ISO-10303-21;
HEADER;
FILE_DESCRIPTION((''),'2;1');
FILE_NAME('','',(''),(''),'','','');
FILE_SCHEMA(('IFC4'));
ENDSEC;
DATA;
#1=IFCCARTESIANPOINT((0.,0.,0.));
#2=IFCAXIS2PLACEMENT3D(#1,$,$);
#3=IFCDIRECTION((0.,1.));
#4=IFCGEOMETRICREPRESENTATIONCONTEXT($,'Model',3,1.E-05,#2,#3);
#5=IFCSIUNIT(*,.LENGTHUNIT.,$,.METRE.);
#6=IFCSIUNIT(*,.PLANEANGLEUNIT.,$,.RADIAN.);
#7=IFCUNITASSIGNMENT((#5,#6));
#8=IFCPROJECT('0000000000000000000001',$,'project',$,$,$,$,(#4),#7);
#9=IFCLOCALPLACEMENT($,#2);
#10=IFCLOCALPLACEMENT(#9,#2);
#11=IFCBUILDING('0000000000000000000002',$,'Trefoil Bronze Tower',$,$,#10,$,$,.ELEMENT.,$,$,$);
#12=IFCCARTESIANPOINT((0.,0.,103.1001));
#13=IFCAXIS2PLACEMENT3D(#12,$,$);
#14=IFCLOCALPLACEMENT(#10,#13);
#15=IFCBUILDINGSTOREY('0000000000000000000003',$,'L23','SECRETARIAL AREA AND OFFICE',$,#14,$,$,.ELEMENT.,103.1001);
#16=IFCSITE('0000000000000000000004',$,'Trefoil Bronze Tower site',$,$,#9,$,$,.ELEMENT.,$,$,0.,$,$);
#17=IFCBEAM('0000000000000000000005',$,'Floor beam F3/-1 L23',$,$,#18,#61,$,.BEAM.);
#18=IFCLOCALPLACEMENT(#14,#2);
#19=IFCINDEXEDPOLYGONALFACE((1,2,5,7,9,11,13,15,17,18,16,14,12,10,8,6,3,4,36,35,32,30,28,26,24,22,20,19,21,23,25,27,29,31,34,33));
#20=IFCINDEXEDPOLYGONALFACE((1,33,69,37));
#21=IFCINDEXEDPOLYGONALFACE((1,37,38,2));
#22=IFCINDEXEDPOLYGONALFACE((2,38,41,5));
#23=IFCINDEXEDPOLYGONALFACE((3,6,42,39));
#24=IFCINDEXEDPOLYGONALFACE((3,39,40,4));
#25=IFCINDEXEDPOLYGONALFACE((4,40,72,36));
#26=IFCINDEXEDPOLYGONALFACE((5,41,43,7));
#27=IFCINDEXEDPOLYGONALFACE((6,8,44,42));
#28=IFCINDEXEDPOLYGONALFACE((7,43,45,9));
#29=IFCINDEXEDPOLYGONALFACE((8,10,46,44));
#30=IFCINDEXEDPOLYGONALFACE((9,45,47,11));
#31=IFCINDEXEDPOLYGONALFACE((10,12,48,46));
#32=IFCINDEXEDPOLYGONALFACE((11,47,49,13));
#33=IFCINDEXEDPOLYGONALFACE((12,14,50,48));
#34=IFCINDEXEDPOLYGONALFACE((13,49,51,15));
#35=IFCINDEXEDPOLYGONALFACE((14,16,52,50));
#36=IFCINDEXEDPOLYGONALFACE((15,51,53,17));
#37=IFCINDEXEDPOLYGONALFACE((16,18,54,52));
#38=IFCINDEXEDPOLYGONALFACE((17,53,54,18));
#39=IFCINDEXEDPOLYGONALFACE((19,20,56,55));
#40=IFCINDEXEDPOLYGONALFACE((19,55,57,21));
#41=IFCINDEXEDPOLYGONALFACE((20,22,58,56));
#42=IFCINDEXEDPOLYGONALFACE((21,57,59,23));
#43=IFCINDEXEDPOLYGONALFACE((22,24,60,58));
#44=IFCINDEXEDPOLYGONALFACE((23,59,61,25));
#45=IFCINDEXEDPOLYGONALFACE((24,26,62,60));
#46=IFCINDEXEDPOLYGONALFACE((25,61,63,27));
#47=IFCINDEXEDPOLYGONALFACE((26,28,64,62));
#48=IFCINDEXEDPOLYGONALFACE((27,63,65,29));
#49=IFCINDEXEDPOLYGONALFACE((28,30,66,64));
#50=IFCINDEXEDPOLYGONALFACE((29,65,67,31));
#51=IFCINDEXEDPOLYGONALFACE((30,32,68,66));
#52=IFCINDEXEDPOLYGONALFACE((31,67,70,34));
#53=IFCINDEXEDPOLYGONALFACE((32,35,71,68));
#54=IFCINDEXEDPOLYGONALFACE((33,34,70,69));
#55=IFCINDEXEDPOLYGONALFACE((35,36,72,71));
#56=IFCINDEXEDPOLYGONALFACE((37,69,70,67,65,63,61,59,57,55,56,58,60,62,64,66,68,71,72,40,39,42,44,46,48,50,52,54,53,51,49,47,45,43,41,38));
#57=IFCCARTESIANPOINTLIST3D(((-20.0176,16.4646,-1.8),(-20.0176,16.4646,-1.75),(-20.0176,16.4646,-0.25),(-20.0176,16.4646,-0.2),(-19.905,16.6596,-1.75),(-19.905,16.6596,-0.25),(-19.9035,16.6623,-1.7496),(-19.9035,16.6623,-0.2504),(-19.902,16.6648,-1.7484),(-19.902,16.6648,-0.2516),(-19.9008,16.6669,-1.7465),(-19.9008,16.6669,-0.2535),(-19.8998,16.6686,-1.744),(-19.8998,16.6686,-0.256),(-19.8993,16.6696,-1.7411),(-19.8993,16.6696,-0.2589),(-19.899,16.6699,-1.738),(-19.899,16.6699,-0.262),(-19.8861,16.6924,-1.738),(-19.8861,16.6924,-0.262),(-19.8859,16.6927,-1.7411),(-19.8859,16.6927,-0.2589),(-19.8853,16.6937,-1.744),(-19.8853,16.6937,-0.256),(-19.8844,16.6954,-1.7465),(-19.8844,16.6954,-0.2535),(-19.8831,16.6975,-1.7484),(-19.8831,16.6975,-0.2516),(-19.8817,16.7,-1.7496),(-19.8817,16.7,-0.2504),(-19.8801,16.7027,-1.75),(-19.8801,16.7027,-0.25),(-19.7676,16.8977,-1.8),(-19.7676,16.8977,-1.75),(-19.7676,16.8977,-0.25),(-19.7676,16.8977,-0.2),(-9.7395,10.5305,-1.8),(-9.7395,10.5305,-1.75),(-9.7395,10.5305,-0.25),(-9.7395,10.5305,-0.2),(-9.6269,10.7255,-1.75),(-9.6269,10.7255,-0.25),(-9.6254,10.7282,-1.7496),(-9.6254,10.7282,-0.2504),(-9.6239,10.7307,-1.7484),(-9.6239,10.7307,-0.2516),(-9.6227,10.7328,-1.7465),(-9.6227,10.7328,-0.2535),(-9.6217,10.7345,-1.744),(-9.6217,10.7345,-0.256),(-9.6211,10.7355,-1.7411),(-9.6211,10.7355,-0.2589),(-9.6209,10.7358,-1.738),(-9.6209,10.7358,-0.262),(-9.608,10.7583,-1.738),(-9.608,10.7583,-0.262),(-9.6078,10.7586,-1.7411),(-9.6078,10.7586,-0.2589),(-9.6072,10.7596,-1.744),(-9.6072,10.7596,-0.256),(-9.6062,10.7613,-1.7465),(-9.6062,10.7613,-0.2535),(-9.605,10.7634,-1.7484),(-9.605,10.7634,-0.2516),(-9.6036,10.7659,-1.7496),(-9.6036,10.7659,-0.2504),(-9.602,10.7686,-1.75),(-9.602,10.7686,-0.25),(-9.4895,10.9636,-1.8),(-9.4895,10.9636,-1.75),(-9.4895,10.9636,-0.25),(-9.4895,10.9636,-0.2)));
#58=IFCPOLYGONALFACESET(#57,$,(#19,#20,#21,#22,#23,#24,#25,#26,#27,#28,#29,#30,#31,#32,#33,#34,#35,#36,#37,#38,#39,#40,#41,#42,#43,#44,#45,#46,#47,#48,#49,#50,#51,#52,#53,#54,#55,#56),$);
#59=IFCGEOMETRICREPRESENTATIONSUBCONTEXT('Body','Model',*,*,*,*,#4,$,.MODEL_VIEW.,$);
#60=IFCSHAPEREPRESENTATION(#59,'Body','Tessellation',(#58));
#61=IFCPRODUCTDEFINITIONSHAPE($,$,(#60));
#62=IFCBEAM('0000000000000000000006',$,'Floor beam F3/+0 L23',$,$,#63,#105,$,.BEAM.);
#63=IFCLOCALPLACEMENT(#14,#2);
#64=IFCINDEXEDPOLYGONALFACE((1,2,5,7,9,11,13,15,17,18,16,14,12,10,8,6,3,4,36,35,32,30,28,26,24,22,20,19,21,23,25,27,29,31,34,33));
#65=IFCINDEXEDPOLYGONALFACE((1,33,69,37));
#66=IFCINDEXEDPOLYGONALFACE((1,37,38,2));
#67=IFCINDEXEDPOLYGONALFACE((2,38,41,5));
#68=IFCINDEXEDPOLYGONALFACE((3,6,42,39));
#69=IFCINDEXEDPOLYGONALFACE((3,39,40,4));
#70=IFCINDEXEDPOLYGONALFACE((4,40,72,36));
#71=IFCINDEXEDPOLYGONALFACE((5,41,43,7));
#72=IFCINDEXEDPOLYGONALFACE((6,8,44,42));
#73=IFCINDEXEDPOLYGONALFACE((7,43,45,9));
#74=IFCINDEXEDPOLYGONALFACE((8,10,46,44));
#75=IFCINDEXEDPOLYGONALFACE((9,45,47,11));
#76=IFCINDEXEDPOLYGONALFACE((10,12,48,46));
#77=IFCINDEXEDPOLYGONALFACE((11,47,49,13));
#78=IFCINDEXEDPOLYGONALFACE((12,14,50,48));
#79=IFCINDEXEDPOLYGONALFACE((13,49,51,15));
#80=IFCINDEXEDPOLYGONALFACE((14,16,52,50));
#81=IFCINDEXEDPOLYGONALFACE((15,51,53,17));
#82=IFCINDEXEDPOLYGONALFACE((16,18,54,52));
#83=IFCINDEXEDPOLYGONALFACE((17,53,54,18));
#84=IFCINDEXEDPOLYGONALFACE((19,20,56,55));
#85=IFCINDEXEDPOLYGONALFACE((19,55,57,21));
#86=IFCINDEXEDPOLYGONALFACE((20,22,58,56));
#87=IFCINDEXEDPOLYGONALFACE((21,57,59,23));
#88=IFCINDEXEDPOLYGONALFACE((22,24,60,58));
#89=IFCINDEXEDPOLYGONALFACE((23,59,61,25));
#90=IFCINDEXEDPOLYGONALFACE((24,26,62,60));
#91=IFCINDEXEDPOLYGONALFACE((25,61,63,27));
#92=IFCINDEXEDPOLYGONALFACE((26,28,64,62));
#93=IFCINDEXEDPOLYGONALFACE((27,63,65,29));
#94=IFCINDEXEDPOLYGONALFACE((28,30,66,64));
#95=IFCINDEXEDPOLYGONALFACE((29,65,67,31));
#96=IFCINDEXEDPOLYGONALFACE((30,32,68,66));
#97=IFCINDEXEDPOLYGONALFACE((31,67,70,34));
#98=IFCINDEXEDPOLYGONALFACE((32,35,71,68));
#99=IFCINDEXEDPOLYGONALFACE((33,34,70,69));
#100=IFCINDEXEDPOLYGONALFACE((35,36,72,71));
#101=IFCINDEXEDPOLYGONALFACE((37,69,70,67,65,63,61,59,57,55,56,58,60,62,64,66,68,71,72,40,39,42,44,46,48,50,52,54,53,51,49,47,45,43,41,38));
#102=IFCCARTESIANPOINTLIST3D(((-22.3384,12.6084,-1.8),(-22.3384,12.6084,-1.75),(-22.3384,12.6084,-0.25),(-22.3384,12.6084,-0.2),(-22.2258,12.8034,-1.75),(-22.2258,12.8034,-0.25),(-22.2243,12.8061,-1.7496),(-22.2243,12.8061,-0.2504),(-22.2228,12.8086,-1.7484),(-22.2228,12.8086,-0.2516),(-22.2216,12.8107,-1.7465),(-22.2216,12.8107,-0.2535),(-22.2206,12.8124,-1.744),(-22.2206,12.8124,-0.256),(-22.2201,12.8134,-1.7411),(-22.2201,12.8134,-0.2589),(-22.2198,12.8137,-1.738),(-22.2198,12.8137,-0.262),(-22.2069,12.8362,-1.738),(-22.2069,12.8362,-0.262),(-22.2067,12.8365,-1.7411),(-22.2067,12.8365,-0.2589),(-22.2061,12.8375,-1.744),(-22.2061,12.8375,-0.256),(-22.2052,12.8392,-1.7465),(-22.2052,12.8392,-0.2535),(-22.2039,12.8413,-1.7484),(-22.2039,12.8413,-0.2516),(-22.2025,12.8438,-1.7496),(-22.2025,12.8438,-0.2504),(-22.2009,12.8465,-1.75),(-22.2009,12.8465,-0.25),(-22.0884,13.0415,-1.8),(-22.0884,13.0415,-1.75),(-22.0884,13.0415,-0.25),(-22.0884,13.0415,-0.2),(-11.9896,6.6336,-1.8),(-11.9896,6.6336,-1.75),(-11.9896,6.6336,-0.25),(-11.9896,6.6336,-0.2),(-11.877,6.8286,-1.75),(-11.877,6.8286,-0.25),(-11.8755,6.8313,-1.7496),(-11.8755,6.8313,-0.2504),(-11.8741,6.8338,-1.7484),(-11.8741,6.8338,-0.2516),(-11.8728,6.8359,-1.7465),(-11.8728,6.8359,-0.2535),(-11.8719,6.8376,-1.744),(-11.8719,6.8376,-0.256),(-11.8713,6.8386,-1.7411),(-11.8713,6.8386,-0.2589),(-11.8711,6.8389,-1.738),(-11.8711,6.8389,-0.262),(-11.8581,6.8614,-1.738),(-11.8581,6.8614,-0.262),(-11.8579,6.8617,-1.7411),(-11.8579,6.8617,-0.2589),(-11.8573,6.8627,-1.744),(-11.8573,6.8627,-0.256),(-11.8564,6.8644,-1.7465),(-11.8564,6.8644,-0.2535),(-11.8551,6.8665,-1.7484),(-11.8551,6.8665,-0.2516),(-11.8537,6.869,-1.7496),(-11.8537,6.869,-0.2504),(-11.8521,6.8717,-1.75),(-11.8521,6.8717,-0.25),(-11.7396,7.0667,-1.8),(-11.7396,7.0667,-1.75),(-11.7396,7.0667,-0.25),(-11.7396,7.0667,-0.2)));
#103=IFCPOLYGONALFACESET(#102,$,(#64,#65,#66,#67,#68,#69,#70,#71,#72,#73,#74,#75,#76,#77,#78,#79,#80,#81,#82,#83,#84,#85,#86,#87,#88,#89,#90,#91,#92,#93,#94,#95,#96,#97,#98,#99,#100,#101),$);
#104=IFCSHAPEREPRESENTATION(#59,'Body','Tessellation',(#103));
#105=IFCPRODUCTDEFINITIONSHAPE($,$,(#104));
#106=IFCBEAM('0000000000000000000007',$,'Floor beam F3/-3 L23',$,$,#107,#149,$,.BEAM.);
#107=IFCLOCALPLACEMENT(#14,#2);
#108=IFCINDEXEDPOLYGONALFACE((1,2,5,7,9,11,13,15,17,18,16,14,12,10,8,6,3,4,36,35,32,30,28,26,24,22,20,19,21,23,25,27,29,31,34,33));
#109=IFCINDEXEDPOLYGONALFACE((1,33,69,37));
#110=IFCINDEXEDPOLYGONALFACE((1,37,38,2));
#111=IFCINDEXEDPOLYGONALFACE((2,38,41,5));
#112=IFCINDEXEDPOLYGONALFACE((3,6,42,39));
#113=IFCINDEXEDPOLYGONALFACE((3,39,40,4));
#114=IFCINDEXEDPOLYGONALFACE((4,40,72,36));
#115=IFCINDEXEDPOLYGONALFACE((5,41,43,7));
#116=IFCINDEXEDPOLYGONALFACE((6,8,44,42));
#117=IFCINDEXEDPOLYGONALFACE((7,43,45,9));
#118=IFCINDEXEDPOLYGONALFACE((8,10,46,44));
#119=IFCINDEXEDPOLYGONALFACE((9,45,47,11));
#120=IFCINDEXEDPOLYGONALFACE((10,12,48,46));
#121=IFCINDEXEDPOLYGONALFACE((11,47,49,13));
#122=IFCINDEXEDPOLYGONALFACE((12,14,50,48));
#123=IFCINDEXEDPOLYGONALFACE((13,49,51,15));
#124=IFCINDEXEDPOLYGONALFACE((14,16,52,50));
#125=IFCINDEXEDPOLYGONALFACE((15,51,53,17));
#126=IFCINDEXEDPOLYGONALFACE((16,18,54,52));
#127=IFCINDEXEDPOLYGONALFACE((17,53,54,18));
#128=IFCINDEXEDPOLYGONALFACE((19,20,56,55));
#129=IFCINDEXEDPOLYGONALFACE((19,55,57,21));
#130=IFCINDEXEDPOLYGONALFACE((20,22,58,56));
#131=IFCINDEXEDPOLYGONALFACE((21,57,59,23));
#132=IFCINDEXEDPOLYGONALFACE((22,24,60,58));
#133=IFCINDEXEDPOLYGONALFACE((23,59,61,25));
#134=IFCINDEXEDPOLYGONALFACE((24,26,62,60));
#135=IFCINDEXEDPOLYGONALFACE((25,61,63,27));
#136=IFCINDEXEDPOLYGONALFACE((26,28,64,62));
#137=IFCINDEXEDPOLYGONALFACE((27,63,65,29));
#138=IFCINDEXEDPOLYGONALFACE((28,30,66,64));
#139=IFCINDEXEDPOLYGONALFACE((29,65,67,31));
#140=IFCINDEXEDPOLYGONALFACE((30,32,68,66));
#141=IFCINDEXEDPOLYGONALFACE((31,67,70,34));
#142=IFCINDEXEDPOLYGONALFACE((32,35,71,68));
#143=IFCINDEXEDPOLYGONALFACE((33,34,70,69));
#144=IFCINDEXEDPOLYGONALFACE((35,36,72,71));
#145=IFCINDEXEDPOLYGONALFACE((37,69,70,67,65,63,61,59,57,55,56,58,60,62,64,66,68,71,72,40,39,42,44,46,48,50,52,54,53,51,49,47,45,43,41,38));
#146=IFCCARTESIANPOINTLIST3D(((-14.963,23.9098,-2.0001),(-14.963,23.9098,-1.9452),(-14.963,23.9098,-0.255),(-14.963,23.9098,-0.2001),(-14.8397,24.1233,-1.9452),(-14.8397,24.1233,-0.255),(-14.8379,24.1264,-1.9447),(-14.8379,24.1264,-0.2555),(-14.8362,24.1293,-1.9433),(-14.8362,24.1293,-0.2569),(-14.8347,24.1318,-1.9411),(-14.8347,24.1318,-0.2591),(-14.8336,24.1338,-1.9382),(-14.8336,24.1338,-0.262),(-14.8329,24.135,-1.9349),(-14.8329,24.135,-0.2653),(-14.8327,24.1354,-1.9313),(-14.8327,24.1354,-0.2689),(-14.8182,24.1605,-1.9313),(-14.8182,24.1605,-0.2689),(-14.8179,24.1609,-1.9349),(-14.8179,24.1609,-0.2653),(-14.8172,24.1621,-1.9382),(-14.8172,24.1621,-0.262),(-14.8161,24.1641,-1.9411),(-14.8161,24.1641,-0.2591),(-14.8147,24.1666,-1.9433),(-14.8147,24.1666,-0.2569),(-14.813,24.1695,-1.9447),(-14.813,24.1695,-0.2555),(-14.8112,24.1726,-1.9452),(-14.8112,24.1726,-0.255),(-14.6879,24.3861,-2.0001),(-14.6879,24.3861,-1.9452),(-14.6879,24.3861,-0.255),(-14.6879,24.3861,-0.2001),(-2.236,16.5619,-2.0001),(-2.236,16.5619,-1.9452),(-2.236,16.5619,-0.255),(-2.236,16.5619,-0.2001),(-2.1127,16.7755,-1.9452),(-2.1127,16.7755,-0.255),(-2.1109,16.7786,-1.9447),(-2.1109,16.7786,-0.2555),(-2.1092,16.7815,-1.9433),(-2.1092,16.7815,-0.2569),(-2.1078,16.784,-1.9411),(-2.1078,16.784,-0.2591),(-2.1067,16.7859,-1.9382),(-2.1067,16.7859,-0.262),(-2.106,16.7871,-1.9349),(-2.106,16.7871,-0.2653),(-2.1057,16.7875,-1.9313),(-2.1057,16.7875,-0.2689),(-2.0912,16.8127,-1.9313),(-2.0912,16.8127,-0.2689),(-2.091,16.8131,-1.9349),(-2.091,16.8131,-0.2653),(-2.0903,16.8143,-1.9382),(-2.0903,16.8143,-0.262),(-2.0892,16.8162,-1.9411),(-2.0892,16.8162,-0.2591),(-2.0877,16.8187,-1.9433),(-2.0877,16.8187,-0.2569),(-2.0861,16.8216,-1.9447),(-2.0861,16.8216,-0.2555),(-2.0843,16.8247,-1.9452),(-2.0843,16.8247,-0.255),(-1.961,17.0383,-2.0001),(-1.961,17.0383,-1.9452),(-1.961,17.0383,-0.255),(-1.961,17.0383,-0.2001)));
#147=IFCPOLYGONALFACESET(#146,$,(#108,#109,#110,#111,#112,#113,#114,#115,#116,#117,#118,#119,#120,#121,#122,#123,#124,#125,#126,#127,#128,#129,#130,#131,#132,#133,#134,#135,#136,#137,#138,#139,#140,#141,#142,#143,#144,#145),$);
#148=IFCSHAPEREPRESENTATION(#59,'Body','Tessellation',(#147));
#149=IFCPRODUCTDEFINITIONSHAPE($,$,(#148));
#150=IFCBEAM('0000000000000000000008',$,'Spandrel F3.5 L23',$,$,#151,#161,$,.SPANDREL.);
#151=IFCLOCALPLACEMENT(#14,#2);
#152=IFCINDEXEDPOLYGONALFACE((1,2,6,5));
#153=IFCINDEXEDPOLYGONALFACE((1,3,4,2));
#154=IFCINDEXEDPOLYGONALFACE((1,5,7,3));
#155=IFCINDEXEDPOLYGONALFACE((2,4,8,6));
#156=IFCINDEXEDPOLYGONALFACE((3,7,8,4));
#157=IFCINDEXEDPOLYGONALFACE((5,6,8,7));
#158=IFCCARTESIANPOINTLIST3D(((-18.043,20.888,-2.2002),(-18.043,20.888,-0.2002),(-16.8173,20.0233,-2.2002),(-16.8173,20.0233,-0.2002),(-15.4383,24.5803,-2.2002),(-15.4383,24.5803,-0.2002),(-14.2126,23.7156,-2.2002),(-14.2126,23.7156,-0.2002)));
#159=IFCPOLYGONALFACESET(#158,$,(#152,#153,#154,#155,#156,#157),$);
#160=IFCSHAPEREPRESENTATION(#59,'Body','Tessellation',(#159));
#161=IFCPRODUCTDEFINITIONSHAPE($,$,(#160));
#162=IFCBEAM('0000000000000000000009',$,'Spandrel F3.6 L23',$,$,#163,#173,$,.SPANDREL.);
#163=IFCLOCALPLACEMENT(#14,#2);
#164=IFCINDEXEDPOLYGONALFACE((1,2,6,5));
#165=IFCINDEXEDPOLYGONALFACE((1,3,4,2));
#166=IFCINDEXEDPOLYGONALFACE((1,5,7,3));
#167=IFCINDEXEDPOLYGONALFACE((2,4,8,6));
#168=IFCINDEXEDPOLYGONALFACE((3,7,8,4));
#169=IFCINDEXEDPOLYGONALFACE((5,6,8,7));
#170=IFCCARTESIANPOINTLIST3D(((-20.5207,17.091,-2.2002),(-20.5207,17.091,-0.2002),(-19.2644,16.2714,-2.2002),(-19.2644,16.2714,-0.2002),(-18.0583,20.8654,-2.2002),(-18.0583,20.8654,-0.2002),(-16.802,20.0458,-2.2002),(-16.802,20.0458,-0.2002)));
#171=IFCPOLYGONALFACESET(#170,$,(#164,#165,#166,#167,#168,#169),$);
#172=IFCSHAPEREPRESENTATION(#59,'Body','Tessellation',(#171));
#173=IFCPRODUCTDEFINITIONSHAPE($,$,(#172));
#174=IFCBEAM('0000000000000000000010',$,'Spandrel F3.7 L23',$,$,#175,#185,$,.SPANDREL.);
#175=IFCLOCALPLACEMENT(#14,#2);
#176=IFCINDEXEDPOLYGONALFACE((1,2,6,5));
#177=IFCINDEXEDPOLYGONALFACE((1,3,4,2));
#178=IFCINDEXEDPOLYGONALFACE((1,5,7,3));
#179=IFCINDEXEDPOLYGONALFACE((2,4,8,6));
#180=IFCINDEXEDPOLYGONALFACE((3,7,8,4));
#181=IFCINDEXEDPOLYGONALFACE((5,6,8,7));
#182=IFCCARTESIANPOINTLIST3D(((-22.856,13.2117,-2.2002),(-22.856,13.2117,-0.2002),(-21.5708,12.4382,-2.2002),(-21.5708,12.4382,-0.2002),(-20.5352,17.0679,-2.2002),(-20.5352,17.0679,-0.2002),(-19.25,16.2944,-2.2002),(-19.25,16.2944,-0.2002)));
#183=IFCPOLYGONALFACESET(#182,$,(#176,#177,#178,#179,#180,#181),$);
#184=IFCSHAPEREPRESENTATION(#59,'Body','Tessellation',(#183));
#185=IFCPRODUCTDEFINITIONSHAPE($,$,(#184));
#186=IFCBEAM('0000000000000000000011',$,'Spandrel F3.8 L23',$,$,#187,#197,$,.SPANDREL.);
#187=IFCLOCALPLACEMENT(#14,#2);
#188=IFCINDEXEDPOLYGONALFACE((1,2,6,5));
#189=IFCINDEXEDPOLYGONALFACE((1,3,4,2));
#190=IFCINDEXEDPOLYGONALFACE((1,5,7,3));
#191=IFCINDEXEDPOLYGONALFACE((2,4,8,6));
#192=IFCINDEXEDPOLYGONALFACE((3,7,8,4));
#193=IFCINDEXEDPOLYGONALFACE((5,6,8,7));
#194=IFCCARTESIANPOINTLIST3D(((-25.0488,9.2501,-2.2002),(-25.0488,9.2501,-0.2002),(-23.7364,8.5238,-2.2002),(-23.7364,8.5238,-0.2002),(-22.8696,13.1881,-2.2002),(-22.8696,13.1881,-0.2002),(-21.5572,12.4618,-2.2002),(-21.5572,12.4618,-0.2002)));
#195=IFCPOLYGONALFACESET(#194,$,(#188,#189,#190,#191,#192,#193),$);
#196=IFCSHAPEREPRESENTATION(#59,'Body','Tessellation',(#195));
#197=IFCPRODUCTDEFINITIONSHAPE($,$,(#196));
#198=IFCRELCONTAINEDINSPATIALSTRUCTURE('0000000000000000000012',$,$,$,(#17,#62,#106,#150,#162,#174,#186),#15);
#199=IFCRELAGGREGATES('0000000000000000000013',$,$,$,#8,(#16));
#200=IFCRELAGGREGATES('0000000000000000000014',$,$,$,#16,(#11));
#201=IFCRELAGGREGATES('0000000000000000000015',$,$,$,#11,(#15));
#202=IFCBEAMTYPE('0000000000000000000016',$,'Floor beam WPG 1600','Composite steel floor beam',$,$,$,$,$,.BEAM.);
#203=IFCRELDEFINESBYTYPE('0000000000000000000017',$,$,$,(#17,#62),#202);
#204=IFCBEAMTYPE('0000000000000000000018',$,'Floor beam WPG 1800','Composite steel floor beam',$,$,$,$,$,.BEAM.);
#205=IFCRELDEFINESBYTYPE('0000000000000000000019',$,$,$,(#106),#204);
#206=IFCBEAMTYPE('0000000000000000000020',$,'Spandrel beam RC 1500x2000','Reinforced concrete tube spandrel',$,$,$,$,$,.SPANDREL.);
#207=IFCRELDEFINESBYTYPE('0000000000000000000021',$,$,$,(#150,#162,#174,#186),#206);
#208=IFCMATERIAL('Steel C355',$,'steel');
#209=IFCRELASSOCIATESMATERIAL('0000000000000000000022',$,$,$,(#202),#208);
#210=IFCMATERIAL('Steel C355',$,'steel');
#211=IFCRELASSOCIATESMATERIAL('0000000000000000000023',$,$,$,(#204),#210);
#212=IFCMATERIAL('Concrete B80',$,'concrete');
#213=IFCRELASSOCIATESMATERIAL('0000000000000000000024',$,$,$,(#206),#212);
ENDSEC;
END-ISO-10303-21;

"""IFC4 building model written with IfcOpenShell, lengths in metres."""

from ifc_helpers import new_model, si_unit, direction, frame, origin, origin_2d, place, context, subcontext, project, spatial, rectangle, i_section, extrude, material, material_profile, profile_set, type_object, element, save


model = new_model("IFC4")

# Units and contexts
model_context = context("Model", 3, precision=1e-05, world=origin(), true_north=direction((0.0, 1.0)))
body_context = subcontext(model_context, "Body", "Model", "MODEL_VIEW")
ifc_project = project(units=[si_unit("LENGTHUNIT", "METRE"), si_unit("PLANEANGLEUNIT", "RADIAN")], contexts=[model_context])

# Site, building, storey
site_placement = place(None, origin())
site = spatial("IfcSite", under=ifc_project, at=site_placement, Name="Trefoil Bronze Tower site", CompositionType="ELEMENT", RefElevation=0.0)
building_placement = place(site_placement, origin())
building = spatial("IfcBuilding", under=site, at=building_placement, Name="Trefoil Bronze Tower", CompositionType="ELEMENT")
storey_placement = place(building_placement, frame((0.0, 0.0, 103.1001)))
storey = spatial("IfcBuildingStorey", under=building, at=storey_placement, Name="L23", Description="SECRETARIAL AREA AND OFFICE", CompositionType="ELEMENT", Elevation=103.1001)

# Beams
ifc_material_1 = material(Name="Steel C355", Category="steel")
ifc_material_profile_1 = material_profile(ifc_material_1, i_section(OverallWidth=0.5, OverallDepth=1.6001, WebThickness=0.0259, FlangeThickness=0.05, FilletRadius=0.012, at=origin_2d()), Name="WPG 1600")
ifc_profile_set_1 = profile_set([ifc_material_profile_1], Name="Steel C355")
beam_type_1 = type_object("IfcBeamType", Name="Floor beam WPG 1600", Description="Composite steel floor beam", PredefinedType="BEAM", material=ifc_profile_set_1)
beam_1_placement = place(storey_placement, frame((-19.8926, 16.6812, -1.0), z_axis=(0.866024, -0.500002, 0.0), x_axis=(0.500002, 0.866024, 0.0)))
element("IfcBeam", 1, at=beam_1_placement, inside=storey, type_object=beam_type_1, Name="Floor beam F3/-1 L23", PredefinedType="BEAM", context=body_context, shape_type="SweptSolid", body=[
    extrude(i_section(OverallWidth=0.5, OverallDepth=1.6001, WebThickness=0.0259, FlangeThickness=0.05, FilletRadius=0.012, at=origin_2d()), origin(), (0.0, 0.0, 1.0), 11.8682),
])
beam_2_placement = place(storey_placement, frame((-22.2134, 12.825, -1.0), z_axis=(0.866028, -0.499995, 0.0), x_axis=(0.499995, 0.866028, 0.0)))
element("IfcBeam", 2, at=beam_2_placement, inside=storey, type_object=beam_type_1, Name="Floor beam F3/+0 L23", PredefinedType="BEAM", context=body_context, shape_type="SweptSolid", body=[
    extrude(i_section(OverallWidth=0.5, OverallDepth=1.6001, WebThickness=0.0259, FlangeThickness=0.05, FilletRadius=0.012, at=origin_2d()), origin(), (0.0, 0.0, 1.0), 11.9497),
])
ifc_material_2 = material(Name="Steel C355", Category="steel")
ifc_material_profile_2 = material_profile(ifc_material_2, i_section(OverallWidth=0.55, OverallDepth=1.8, WebThickness=0.0291, FlangeThickness=0.0549, FilletRadius=0.0139, at=origin_2d()), Name="WPG 1800")
ifc_profile_set_2 = profile_set([ifc_material_profile_2], Name="Steel C355")
beam_type_2 = type_object("IfcBeamType", Name="Floor beam WPG 1800", Description="Composite steel floor beam", PredefinedType="BEAM", material=ifc_profile_set_2)
beam_3_placement = place(storey_placement, frame((-14.8254, 24.1479, -1.1001), z_axis=(0.866027, -0.499997, 0.0), x_axis=(0.499997, 0.866027, 0.0)))
element("IfcBeam", 3, at=beam_3_placement, inside=storey, type_object=beam_type_2, Name="Floor beam F3/-3 L23", PredefinedType="BEAM", context=body_context, shape_type="SweptSolid", body=[
    extrude(i_section(OverallWidth=0.55, OverallDepth=1.8, WebThickness=0.0291, FlangeThickness=0.0549, FilletRadius=0.0139, at=origin_2d()), origin(), (0.0, 0.0, 1.0), 14.6958),
])
ifc_material_3 = material(Name="Concrete B80", Category="concrete")
ifc_material_profile_3 = material_profile(ifc_material_3, rectangle(XDim=1.5, YDim=2.0, at=origin_2d()), Name="RC 1500x2000")
ifc_profile_set_3 = profile_set([ifc_material_profile_3], Name="Concrete B80")
beam_type_3 = type_object("IfcBeamType", Name="Spandrel beam RC 1500x2000", Description="Reinforced concrete tube spandrel", PredefinedType="SPANDREL", material=ifc_profile_set_3)
beam_4_placement = place(storey_placement, frame((-14.8254, 24.1479, -1.2002), z_axis=(-0.576439, -0.81714, 0.0), x_axis=(0.81714, -0.576439, 0.0)))
element("IfcBeam", 4, at=beam_4_placement, inside=storey, type_object=beam_type_3, Name="Spandrel F3.5 L23", PredefinedType="SPANDREL", context=body_context, shape_type="SweptSolid", body=[
    extrude(rectangle(XDim=1.5, YDim=2.0, at=origin_2d()), origin(), (0.0, 0.0, 1.0), 4.5186),
])
beam_5_placement = place(storey_placement, frame((-17.4302, 20.4556, -1.2002), z_axis=(-0.546397, -0.837527, 0.0), x_axis=(0.837527, -0.546397, 0.0)))
element("IfcBeam", 5, at=beam_5_placement, inside=storey, type_object=beam_type_3, Name="Spandrel F3.6 L23", PredefinedType="SPANDREL", context=body_context, shape_type="SweptSolid", body=[
    extrude(rectangle(XDim=1.5, YDim=2.0, at=origin_2d()), origin(), (0.0, 0.0, 1.0), 4.5066),
])
for number, where, z_axis, x_axis, name in (
    (6, (-19.8926, 16.6812, -1.2002), (-0.515652, -0.856798, 0.0), (0.856798, -0.515652, 0.0), "Spandrel F3.7 L23"),
    (7, (-22.2134, 12.825, -1.2002), (-0.484187, -0.874965, 0.0), (0.874965, -0.484187, 0.0), "Spandrel F3.8 L23"),
):
    element("IfcBeam", number, at=place(storey_placement, frame(where, z_axis=z_axis, x_axis=x_axis)), inside=storey, type_object=beam_type_3, Name=name, PredefinedType="SPANDREL", context=body_context, shape_type="SweptSolid", body=[
        extrude(rectangle(XDim=1.5, YDim=2.0, at=origin_2d()), origin(), (0.0, 0.0, 1.0), 4.5007),
    ])

save(model, "model.ifc")
